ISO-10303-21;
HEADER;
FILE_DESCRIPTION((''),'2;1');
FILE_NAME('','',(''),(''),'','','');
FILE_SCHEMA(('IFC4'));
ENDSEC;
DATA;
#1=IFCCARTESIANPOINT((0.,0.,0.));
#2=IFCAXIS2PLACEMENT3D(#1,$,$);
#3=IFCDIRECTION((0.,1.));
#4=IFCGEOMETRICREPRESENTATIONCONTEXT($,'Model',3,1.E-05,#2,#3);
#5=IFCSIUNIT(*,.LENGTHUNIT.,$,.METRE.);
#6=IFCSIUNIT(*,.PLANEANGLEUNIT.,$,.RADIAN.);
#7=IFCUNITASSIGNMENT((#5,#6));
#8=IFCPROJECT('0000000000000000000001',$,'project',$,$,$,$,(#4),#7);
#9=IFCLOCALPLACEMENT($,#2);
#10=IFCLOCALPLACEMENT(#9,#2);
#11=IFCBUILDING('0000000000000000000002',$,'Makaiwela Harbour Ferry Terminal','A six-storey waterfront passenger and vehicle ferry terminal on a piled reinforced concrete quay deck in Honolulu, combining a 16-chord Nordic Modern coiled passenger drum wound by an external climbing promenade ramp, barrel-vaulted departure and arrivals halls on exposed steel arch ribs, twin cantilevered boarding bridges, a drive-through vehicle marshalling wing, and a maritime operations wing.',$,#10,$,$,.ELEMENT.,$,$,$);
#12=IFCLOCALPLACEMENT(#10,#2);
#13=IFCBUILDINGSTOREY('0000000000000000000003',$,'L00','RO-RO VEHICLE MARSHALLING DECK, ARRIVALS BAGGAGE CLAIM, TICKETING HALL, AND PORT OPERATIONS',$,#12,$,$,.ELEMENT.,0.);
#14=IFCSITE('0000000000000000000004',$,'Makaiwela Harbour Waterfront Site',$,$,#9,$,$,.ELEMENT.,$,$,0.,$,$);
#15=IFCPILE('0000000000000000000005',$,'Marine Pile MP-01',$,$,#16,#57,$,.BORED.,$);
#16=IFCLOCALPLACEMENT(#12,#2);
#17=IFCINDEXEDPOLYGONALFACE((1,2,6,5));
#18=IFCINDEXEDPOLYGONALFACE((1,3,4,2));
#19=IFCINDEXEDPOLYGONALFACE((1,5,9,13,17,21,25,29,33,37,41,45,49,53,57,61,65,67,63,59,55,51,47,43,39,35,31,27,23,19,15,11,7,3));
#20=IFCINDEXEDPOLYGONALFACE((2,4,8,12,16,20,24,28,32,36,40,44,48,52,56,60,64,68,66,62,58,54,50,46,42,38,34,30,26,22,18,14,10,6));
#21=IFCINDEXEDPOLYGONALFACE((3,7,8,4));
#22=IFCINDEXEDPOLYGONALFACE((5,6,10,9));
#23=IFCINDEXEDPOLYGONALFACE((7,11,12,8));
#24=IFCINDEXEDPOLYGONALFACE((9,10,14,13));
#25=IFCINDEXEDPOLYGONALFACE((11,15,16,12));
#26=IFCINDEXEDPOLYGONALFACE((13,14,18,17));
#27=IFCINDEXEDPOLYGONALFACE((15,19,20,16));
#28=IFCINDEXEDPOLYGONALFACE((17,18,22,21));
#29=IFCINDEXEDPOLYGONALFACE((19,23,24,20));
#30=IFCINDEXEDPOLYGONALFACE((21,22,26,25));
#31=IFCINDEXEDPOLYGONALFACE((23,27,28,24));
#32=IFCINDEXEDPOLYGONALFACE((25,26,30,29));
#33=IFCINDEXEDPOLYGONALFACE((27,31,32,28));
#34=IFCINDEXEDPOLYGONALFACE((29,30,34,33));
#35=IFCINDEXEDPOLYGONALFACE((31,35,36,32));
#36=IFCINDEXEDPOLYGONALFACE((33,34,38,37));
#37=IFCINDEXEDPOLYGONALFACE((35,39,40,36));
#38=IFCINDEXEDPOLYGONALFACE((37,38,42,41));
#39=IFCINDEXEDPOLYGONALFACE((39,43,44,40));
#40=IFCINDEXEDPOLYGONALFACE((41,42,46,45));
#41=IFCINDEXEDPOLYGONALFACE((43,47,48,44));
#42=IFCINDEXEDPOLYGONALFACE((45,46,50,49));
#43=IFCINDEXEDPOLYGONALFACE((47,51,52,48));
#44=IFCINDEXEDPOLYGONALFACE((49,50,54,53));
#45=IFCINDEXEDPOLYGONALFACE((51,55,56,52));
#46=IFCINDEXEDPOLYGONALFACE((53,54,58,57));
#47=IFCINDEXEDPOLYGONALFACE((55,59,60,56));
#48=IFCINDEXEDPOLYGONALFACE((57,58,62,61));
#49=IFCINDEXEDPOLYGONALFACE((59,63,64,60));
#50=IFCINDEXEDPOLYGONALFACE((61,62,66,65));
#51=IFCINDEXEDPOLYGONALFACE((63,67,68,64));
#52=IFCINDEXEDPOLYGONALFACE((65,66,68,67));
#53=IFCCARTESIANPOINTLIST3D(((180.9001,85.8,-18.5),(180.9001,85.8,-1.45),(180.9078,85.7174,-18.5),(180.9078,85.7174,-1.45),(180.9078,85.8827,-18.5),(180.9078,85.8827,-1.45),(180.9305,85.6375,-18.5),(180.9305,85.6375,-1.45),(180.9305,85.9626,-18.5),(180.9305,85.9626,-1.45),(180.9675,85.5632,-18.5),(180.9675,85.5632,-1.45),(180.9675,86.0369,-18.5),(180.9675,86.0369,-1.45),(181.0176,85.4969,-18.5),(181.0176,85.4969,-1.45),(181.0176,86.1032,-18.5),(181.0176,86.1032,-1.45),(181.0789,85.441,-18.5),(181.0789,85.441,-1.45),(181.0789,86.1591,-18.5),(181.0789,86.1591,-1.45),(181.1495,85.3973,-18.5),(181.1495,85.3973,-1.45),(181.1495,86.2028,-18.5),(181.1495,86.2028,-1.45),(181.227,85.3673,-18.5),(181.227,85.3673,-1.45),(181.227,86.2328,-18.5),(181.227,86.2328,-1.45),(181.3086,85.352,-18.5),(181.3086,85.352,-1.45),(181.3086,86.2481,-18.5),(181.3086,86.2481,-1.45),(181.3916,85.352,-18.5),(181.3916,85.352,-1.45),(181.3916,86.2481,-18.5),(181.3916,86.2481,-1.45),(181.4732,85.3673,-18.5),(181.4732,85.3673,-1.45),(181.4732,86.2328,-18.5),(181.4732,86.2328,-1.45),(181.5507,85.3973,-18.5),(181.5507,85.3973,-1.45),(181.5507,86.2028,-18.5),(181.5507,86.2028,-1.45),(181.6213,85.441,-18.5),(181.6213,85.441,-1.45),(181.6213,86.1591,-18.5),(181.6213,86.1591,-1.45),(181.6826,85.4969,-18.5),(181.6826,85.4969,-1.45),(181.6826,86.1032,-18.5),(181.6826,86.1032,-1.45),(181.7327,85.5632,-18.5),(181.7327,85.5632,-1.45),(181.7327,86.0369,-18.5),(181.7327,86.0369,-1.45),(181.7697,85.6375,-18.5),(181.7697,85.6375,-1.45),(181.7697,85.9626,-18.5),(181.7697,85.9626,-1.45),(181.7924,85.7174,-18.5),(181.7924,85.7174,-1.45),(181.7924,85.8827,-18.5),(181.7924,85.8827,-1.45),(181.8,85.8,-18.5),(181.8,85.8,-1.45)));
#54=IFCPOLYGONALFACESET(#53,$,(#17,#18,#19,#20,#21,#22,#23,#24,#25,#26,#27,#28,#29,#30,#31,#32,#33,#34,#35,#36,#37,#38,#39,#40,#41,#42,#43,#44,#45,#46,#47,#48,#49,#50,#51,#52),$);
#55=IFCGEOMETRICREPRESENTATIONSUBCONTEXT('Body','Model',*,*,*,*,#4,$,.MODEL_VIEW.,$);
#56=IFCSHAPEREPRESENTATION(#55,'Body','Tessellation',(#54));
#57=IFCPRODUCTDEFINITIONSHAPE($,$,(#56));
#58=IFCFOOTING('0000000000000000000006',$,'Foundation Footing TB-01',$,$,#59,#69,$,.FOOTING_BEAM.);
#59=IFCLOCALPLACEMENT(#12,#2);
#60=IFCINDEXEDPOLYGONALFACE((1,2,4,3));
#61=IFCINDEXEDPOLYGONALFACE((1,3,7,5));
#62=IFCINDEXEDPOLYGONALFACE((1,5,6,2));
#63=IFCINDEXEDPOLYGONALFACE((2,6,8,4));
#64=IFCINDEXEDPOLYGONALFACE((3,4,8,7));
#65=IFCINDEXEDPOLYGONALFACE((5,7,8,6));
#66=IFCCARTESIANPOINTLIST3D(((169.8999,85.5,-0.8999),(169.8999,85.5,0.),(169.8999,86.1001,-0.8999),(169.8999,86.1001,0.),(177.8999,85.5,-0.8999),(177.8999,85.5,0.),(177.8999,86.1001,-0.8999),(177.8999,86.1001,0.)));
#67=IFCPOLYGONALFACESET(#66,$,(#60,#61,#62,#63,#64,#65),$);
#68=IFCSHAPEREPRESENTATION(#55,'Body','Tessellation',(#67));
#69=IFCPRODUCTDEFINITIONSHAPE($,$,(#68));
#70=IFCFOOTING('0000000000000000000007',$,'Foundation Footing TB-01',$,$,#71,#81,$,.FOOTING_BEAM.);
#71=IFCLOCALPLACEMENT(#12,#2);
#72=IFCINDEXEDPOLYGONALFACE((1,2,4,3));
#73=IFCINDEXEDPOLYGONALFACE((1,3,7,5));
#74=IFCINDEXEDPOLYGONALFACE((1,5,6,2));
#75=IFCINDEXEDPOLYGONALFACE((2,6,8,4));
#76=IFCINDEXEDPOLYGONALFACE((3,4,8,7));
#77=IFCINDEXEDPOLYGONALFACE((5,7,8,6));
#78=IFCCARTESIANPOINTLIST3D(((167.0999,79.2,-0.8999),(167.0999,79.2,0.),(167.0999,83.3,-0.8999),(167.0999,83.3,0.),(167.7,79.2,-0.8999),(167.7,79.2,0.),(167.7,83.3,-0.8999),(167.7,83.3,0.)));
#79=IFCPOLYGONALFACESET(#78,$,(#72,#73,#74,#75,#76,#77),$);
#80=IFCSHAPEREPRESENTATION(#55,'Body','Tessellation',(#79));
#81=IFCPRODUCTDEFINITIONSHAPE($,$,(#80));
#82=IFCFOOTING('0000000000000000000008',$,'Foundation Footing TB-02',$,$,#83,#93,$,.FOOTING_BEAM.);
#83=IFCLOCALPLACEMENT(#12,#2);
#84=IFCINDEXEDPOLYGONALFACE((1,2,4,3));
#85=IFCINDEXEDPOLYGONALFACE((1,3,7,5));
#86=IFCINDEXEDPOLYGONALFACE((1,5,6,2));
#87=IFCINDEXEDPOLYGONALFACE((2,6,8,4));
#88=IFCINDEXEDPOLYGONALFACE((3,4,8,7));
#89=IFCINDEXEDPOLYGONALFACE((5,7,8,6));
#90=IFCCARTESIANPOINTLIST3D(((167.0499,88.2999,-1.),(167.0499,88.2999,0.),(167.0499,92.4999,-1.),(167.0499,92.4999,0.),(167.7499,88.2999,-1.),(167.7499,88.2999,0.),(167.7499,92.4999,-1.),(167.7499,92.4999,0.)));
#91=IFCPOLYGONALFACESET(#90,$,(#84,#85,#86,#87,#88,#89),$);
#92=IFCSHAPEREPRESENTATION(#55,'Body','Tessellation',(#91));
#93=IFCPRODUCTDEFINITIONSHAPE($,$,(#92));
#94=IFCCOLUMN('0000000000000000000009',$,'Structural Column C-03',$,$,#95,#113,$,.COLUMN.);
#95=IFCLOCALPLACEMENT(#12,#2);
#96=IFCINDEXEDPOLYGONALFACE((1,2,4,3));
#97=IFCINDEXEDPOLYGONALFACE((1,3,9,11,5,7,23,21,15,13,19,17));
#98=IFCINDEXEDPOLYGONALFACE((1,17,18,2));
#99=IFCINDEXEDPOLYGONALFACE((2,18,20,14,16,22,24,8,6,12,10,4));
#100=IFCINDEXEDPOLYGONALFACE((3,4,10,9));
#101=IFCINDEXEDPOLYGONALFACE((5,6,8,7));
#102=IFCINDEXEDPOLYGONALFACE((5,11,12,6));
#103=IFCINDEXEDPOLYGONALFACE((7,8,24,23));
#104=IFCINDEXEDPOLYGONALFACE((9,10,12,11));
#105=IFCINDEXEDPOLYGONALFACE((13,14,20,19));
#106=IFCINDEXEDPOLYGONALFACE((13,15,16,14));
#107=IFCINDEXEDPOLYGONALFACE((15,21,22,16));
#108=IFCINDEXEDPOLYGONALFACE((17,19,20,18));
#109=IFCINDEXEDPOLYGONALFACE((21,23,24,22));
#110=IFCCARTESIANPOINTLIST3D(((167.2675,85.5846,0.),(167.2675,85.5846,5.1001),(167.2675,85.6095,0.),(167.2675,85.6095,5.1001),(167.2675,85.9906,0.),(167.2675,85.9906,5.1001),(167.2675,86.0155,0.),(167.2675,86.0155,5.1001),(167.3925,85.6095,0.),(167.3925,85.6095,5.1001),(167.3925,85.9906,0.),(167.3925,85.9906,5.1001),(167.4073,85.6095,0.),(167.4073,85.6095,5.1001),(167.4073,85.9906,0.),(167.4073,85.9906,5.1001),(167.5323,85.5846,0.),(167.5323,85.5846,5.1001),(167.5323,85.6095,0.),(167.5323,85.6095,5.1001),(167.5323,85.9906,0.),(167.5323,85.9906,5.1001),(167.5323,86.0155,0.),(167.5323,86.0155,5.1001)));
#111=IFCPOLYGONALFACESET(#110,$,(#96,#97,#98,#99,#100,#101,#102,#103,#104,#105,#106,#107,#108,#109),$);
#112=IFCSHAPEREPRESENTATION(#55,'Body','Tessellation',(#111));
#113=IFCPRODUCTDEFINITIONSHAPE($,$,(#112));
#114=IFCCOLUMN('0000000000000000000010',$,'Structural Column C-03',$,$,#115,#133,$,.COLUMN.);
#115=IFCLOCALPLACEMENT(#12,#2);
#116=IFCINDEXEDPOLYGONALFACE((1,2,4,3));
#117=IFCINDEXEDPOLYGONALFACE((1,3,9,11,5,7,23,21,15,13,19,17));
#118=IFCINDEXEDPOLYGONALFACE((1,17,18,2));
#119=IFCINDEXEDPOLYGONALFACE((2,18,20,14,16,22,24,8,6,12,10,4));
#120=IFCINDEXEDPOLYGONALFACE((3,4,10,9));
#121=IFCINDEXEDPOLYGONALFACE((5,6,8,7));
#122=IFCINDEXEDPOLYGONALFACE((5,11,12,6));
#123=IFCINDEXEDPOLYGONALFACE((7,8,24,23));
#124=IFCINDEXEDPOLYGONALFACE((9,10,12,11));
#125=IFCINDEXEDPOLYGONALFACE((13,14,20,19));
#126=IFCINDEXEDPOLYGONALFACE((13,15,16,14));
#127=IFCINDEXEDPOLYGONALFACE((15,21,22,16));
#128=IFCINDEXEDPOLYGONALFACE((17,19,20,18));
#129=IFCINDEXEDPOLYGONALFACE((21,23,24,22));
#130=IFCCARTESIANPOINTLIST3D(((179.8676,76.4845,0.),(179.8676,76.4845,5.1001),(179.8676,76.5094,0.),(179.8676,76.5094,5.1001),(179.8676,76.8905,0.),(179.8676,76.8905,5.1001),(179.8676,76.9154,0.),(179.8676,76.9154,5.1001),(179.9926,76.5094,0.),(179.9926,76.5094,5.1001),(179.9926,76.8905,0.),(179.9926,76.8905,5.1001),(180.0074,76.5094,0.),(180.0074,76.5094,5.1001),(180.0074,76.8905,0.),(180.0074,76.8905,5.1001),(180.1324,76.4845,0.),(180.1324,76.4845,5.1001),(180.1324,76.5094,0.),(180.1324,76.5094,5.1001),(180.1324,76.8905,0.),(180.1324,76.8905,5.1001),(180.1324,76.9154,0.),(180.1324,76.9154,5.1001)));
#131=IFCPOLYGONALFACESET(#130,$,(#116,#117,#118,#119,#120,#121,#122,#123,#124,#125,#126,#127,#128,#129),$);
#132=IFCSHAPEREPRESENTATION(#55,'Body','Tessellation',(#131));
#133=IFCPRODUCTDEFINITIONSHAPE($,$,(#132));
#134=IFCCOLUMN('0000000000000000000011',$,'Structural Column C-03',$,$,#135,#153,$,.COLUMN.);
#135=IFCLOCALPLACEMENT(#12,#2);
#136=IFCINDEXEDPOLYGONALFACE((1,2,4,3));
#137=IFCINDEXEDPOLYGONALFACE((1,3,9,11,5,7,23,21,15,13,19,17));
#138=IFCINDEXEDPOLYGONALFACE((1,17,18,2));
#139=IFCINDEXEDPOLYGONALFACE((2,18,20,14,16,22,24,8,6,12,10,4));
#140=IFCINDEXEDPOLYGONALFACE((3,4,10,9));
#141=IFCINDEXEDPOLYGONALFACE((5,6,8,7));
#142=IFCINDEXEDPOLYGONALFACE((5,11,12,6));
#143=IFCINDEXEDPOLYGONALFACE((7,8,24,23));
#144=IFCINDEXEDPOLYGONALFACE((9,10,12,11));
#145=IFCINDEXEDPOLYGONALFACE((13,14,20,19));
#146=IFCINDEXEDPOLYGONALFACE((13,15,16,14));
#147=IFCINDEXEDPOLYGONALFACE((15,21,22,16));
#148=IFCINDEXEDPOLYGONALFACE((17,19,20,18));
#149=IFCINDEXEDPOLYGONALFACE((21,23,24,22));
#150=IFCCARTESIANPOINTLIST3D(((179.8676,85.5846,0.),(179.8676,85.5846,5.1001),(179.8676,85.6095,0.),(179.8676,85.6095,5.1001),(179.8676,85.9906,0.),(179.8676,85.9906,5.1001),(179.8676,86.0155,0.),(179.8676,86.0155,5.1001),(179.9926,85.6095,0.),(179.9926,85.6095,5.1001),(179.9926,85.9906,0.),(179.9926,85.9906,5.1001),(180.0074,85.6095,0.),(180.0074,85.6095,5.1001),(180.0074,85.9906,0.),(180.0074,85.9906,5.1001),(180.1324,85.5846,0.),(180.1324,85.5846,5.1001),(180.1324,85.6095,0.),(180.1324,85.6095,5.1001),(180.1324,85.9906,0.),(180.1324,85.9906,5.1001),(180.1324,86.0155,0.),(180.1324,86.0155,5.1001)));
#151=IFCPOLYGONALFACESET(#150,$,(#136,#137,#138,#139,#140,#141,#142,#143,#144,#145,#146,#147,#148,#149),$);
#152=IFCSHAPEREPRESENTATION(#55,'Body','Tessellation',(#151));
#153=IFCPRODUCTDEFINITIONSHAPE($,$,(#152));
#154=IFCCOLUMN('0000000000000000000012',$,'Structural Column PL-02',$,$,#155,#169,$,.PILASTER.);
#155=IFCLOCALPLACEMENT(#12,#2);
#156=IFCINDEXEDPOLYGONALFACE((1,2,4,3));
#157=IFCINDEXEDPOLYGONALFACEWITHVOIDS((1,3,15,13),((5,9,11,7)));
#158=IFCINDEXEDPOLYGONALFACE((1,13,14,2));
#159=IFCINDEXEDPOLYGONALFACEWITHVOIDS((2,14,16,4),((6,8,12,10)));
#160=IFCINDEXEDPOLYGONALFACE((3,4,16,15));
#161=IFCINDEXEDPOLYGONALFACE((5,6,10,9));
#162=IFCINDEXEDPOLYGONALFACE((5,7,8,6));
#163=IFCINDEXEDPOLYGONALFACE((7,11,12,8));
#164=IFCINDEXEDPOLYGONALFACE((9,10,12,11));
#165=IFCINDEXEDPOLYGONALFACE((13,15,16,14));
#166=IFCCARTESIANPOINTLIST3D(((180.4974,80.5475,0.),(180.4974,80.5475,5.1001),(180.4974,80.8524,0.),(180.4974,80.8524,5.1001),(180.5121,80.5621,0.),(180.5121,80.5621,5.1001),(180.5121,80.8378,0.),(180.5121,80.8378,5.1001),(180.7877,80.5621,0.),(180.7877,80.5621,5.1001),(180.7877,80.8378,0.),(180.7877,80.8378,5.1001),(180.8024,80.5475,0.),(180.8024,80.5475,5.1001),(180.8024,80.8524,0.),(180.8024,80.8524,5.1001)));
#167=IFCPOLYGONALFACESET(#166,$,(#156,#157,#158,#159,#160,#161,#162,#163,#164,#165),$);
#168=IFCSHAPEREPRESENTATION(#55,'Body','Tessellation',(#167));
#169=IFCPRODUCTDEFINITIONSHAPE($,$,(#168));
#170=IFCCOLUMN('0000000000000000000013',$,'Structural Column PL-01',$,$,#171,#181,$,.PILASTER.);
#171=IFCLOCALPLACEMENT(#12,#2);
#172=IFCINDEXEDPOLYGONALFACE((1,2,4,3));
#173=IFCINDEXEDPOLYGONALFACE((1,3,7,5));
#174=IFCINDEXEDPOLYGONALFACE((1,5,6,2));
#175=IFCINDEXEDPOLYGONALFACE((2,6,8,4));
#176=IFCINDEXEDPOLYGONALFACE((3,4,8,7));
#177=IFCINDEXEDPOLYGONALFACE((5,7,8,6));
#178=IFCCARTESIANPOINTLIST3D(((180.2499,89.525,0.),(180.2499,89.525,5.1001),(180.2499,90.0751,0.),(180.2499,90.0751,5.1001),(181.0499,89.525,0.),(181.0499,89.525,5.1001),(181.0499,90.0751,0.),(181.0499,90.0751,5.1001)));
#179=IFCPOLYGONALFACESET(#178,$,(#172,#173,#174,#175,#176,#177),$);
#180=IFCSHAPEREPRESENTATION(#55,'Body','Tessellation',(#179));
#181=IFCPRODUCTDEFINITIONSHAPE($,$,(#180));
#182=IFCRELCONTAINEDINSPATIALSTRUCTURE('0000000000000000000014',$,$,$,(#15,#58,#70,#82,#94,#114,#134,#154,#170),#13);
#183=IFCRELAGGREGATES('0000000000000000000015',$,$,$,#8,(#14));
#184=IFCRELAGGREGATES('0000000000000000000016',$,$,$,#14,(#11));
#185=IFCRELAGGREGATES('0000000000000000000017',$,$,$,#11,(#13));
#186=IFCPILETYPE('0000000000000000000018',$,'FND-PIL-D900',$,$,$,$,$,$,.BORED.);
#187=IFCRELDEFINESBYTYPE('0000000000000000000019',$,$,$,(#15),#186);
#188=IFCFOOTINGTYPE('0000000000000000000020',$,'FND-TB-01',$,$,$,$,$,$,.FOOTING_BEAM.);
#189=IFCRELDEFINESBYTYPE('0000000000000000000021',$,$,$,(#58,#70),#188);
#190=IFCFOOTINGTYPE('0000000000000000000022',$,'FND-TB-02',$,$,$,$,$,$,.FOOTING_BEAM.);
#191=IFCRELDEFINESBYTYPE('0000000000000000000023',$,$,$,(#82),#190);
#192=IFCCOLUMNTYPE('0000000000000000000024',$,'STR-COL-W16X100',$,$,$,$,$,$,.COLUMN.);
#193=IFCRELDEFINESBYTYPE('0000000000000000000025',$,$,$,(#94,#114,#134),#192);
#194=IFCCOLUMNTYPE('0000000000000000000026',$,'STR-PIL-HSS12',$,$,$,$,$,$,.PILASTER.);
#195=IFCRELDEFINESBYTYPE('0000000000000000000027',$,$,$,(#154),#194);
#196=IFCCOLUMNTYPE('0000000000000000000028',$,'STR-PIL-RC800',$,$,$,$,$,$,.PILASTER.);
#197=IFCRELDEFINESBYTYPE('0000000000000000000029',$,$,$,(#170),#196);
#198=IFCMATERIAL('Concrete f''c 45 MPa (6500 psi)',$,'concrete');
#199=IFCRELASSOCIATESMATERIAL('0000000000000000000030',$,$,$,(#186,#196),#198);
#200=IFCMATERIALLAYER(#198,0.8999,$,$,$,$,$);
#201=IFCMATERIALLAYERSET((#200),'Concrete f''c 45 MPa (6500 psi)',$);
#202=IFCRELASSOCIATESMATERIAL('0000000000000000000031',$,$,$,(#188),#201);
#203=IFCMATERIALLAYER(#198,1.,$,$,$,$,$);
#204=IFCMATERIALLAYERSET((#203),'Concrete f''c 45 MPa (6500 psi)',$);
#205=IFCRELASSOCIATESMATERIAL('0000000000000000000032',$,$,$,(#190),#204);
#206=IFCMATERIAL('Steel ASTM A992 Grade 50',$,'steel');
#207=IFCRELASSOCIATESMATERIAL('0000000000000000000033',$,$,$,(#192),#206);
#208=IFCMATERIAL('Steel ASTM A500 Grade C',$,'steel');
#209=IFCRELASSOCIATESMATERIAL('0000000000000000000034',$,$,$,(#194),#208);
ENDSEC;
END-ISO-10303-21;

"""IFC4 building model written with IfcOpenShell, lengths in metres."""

from ifc_helpers import new_model, si_unit, direction, frame, origin, origin_2d, place, context, subcontext, project, spatial, rectangle, hollow_rectangle, circle, i_section, extrude, material, layer, layer_set, material_profile, profile_set, type_object, element, save


model = new_model("IFC4")

# Units and contexts
model_context = context("Model", 3, precision=1e-05, world=origin(), true_north=direction((0.0, 1.0)))
body_context = subcontext(model_context, "Body", "Model", "MODEL_VIEW")
ifc_project = project(units=[si_unit("LENGTHUNIT", "METRE"), si_unit("PLANEANGLEUNIT", "RADIAN")], contexts=[model_context])

# Site, building, storey
site_placement = place(None, origin())
site = spatial("IfcSite", under=ifc_project, at=site_placement, Name="Makaiwela Harbour Waterfront Site", CompositionType="ELEMENT", RefElevation=0.0)
building_placement = place(site_placement, origin())
building = spatial("IfcBuilding", under=site, at=building_placement, Name="Makaiwela Harbour Ferry Terminal", Description="A six-storey waterfront passenger and vehicle ferry terminal on a piled reinforced concrete quay deck in Honolulu, combining a 16-chord Nordic Modern coiled passenger drum wound by an external climbing promenade ramp, barrel-vaulted departure and arrivals halls on exposed steel arch ribs, twin cantilevered boarding bridges, a drive-through vehicle marshalling wing, and a maritime operations wing.", CompositionType="ELEMENT")
storey_placement = place(building_placement, origin())
storey = spatial("IfcBuildingStorey", under=building, at=storey_placement, Name="L00", Description="RO-RO VEHICLE MARSHALLING DECK, ARRIVALS BAGGAGE CLAIM, TICKETING HALL, AND PORT OPERATIONS", CompositionType="ELEMENT", Elevation=0.0)

# Shared definitions
ifc_material_1 = material(Name="Concrete f'c 45 MPa (6500 psi)", Category="concrete")

# Pile
ifc_material_profile_1 = material_profile(ifc_material_1, circle(Radius=0.45, at=origin_2d()), Name="PILE-D900")
ifc_profile_set_1 = profile_set([ifc_material_profile_1], Name="Concrete f'c 45 MPa (6500 psi)")
pile_type = type_object("IfcPileType", Name="FND-PIL-D900", PredefinedType="BORED", material=ifc_profile_set_1)
for number, where, z_axis, x_axis, name in (
    (1, (181.3501, 85.8, -1.45), (0.0, 0.0, -1.0), (1.0, 0.0, 0.0), "Marine Pile MP-01"),
):
    element("IfcPile", number, at=place(storey_placement, frame(where, z_axis=z_axis, x_axis=x_axis)), inside=storey, type_object=pile_type, Name=name, PredefinedType="BORED", context=body_context, shape_type="SweptSolid", body=[
        extrude(circle(Radius=0.45, at=origin_2d()), origin(), (0.0, 0.0, 1.0), 17.05),
    ])

# Footings
ifc_layer_1 = layer(ifc_material_1, 0.8999)
ifc_layer_set_1 = layer_set([ifc_layer_1], Name="Concrete f'c 45 MPa (6500 psi)")
footing_type_1 = type_object("IfcFootingType", Name="FND-TB-01", PredefinedType="FOOTING_BEAM", material=ifc_layer_set_1)
footing_1_placement = place(storey_placement, frame((173.8999, 85.8, -0.8999), z_axis=(0.0, 0.0, 1.0), x_axis=(1.0, 0.0, 0.0)))
element("IfcFooting", 2, at=footing_1_placement, inside=storey, type_object=footing_type_1, Name="Foundation Footing TB-01", PredefinedType="FOOTING_BEAM", context=body_context, shape_type="SweptSolid", body=[
    extrude(rectangle(XDim=8.0, YDim=0.6001, at=origin_2d()), origin(), (0.0, 0.0, 1.0), 0.8999),
])
footing_2_placement = place(storey_placement, frame((167.3999, 81.25, -0.8999), z_axis=(0.0, 0.0, 1.0), x_axis=(0.0, 1.0, 0.0)))
element("IfcFooting", 3, at=footing_2_placement, inside=storey, type_object=footing_type_1, Name="Foundation Footing TB-01", PredefinedType="FOOTING_BEAM", context=body_context, shape_type="SweptSolid", body=[
    extrude(rectangle(XDim=4.1001, YDim=0.6001, at=origin_2d()), origin(), (0.0, 0.0, 1.0), 0.8999),
])
ifc_layer_2 = layer(ifc_material_1, 1.0)
ifc_layer_set_2 = layer_set([ifc_layer_2], Name="Concrete f'c 45 MPa (6500 psi)")
footing_type_2 = type_object("IfcFootingType", Name="FND-TB-02", PredefinedType="FOOTING_BEAM", material=ifc_layer_set_2)
footing_3_placement = place(storey_placement, frame((167.3999, 90.3999, -1.0), z_axis=(0.0, 0.0, 1.0), x_axis=(0.0, 1.0, 0.0)))
element("IfcFooting", 4, at=footing_3_placement, inside=storey, type_object=footing_type_2, Name="Foundation Footing TB-02", PredefinedType="FOOTING_BEAM", context=body_context, shape_type="SweptSolid", body=[
    extrude(rectangle(XDim=4.2, YDim=0.7, at=origin_2d()), origin(), (0.0, 0.0, 1.0), 1.0),
])

# Columns
ifc_material_2 = material(Name="Steel ASTM A992 Grade 50", Category="steel")
ifc_material_profile_2 = material_profile(ifc_material_2, i_section(OverallWidth=0.2649, OverallDepth=0.4309, WebThickness=0.0149, FlangeThickness=0.0249, at=origin_2d()), Name="W16X100")
ifc_profile_set_2 = profile_set([ifc_material_profile_2], Name="Steel ASTM A992 Grade 50")
column_type_1 = type_object("IfcColumnType", Name="STR-COL-W16X100", PredefinedType="COLUMN", material=ifc_profile_set_2)
for number, where, z_axis, x_axis, name in (
    (5, (167.3999, 85.8, 0.0), (0.0, 0.0, 1.0), (1.0, 0.0, 0.0), "Structural Column C-03"),
    (6, (180.0, 76.7, 0.0), (0.0, 0.0, 1.0), (1.0, 0.0, 0.0), "Structural Column C-03"),
    (7, (180.0, 85.8, 0.0), (0.0, 0.0, 1.0), (1.0, 0.0, 0.0), "Structural Column C-03"),
):
    element("IfcColumn", number, at=place(storey_placement, frame(where, z_axis=z_axis, x_axis=x_axis)), inside=storey, type_object=column_type_1, Name=name, PredefinedType="COLUMN", context=body_context, shape_type="SweptSolid", body=[
        extrude(i_section(OverallWidth=0.2649, OverallDepth=0.4309, WebThickness=0.0149, FlangeThickness=0.0249, at=origin_2d()), origin(), (0.0, 0.0, 1.0), 5.1001),
    ])
ifc_material_3 = material(Name="Steel ASTM A500 Grade C", Category="steel")
ifc_material_profile_3 = material_profile(ifc_material_3, hollow_rectangle(XDim=0.3049, YDim=0.3049, WallThickness=0.0146, at=origin_2d()), Name="HSS12X12X5/8")
ifc_profile_set_3 = profile_set([ifc_material_profile_3], Name="Steel ASTM A500 Grade C")
column_type_2 = type_object("IfcColumnType", Name="STR-PIL-HSS12", PredefinedType="PILASTER", material=ifc_profile_set_3)
column_1_placement = place(storey_placement, frame((180.6499, 80.7, 0.0), z_axis=(0.0, 0.0, 1.0), x_axis=(0.0, 1.0, 0.0)))
element("IfcColumn", 8, at=column_1_placement, inside=storey, type_object=column_type_2, Name="Structural Column PL-02", PredefinedType="PILASTER", context=body_context, shape_type="SweptSolid", body=[
    extrude(hollow_rectangle(XDim=0.3049, YDim=0.3049, WallThickness=0.0146, at=origin_2d()), origin(), (0.0, 0.0, 1.0), 5.1001),
])
ifc_material_profile_4 = material_profile(ifc_material_1, rectangle(XDim=0.55, YDim=0.8, at=origin_2d()), Name="RC-800X550")
ifc_profile_set_4 = profile_set([ifc_material_profile_4], Name="Concrete f'c 45 MPa (6500 psi)")
column_type_3 = type_object("IfcColumnType", Name="STR-PIL-RC800", PredefinedType="PILASTER", material=ifc_profile_set_4)
column_2_placement = place(storey_placement, frame((180.6499, 89.8, 0.0), z_axis=(0.0, 0.0, 1.0), x_axis=(0.0, 1.0, 0.0)))
element("IfcColumn", 9, at=column_2_placement, inside=storey, type_object=column_type_3, Name="Structural Column PL-01", PredefinedType="PILASTER", context=body_context, shape_type="SweptSolid", body=[
    extrude(rectangle(XDim=0.55, YDim=0.8, at=origin_2d()), origin(), (0.0, 0.0, 1.0), 5.1001),
])

save(model, "model.ifc")
